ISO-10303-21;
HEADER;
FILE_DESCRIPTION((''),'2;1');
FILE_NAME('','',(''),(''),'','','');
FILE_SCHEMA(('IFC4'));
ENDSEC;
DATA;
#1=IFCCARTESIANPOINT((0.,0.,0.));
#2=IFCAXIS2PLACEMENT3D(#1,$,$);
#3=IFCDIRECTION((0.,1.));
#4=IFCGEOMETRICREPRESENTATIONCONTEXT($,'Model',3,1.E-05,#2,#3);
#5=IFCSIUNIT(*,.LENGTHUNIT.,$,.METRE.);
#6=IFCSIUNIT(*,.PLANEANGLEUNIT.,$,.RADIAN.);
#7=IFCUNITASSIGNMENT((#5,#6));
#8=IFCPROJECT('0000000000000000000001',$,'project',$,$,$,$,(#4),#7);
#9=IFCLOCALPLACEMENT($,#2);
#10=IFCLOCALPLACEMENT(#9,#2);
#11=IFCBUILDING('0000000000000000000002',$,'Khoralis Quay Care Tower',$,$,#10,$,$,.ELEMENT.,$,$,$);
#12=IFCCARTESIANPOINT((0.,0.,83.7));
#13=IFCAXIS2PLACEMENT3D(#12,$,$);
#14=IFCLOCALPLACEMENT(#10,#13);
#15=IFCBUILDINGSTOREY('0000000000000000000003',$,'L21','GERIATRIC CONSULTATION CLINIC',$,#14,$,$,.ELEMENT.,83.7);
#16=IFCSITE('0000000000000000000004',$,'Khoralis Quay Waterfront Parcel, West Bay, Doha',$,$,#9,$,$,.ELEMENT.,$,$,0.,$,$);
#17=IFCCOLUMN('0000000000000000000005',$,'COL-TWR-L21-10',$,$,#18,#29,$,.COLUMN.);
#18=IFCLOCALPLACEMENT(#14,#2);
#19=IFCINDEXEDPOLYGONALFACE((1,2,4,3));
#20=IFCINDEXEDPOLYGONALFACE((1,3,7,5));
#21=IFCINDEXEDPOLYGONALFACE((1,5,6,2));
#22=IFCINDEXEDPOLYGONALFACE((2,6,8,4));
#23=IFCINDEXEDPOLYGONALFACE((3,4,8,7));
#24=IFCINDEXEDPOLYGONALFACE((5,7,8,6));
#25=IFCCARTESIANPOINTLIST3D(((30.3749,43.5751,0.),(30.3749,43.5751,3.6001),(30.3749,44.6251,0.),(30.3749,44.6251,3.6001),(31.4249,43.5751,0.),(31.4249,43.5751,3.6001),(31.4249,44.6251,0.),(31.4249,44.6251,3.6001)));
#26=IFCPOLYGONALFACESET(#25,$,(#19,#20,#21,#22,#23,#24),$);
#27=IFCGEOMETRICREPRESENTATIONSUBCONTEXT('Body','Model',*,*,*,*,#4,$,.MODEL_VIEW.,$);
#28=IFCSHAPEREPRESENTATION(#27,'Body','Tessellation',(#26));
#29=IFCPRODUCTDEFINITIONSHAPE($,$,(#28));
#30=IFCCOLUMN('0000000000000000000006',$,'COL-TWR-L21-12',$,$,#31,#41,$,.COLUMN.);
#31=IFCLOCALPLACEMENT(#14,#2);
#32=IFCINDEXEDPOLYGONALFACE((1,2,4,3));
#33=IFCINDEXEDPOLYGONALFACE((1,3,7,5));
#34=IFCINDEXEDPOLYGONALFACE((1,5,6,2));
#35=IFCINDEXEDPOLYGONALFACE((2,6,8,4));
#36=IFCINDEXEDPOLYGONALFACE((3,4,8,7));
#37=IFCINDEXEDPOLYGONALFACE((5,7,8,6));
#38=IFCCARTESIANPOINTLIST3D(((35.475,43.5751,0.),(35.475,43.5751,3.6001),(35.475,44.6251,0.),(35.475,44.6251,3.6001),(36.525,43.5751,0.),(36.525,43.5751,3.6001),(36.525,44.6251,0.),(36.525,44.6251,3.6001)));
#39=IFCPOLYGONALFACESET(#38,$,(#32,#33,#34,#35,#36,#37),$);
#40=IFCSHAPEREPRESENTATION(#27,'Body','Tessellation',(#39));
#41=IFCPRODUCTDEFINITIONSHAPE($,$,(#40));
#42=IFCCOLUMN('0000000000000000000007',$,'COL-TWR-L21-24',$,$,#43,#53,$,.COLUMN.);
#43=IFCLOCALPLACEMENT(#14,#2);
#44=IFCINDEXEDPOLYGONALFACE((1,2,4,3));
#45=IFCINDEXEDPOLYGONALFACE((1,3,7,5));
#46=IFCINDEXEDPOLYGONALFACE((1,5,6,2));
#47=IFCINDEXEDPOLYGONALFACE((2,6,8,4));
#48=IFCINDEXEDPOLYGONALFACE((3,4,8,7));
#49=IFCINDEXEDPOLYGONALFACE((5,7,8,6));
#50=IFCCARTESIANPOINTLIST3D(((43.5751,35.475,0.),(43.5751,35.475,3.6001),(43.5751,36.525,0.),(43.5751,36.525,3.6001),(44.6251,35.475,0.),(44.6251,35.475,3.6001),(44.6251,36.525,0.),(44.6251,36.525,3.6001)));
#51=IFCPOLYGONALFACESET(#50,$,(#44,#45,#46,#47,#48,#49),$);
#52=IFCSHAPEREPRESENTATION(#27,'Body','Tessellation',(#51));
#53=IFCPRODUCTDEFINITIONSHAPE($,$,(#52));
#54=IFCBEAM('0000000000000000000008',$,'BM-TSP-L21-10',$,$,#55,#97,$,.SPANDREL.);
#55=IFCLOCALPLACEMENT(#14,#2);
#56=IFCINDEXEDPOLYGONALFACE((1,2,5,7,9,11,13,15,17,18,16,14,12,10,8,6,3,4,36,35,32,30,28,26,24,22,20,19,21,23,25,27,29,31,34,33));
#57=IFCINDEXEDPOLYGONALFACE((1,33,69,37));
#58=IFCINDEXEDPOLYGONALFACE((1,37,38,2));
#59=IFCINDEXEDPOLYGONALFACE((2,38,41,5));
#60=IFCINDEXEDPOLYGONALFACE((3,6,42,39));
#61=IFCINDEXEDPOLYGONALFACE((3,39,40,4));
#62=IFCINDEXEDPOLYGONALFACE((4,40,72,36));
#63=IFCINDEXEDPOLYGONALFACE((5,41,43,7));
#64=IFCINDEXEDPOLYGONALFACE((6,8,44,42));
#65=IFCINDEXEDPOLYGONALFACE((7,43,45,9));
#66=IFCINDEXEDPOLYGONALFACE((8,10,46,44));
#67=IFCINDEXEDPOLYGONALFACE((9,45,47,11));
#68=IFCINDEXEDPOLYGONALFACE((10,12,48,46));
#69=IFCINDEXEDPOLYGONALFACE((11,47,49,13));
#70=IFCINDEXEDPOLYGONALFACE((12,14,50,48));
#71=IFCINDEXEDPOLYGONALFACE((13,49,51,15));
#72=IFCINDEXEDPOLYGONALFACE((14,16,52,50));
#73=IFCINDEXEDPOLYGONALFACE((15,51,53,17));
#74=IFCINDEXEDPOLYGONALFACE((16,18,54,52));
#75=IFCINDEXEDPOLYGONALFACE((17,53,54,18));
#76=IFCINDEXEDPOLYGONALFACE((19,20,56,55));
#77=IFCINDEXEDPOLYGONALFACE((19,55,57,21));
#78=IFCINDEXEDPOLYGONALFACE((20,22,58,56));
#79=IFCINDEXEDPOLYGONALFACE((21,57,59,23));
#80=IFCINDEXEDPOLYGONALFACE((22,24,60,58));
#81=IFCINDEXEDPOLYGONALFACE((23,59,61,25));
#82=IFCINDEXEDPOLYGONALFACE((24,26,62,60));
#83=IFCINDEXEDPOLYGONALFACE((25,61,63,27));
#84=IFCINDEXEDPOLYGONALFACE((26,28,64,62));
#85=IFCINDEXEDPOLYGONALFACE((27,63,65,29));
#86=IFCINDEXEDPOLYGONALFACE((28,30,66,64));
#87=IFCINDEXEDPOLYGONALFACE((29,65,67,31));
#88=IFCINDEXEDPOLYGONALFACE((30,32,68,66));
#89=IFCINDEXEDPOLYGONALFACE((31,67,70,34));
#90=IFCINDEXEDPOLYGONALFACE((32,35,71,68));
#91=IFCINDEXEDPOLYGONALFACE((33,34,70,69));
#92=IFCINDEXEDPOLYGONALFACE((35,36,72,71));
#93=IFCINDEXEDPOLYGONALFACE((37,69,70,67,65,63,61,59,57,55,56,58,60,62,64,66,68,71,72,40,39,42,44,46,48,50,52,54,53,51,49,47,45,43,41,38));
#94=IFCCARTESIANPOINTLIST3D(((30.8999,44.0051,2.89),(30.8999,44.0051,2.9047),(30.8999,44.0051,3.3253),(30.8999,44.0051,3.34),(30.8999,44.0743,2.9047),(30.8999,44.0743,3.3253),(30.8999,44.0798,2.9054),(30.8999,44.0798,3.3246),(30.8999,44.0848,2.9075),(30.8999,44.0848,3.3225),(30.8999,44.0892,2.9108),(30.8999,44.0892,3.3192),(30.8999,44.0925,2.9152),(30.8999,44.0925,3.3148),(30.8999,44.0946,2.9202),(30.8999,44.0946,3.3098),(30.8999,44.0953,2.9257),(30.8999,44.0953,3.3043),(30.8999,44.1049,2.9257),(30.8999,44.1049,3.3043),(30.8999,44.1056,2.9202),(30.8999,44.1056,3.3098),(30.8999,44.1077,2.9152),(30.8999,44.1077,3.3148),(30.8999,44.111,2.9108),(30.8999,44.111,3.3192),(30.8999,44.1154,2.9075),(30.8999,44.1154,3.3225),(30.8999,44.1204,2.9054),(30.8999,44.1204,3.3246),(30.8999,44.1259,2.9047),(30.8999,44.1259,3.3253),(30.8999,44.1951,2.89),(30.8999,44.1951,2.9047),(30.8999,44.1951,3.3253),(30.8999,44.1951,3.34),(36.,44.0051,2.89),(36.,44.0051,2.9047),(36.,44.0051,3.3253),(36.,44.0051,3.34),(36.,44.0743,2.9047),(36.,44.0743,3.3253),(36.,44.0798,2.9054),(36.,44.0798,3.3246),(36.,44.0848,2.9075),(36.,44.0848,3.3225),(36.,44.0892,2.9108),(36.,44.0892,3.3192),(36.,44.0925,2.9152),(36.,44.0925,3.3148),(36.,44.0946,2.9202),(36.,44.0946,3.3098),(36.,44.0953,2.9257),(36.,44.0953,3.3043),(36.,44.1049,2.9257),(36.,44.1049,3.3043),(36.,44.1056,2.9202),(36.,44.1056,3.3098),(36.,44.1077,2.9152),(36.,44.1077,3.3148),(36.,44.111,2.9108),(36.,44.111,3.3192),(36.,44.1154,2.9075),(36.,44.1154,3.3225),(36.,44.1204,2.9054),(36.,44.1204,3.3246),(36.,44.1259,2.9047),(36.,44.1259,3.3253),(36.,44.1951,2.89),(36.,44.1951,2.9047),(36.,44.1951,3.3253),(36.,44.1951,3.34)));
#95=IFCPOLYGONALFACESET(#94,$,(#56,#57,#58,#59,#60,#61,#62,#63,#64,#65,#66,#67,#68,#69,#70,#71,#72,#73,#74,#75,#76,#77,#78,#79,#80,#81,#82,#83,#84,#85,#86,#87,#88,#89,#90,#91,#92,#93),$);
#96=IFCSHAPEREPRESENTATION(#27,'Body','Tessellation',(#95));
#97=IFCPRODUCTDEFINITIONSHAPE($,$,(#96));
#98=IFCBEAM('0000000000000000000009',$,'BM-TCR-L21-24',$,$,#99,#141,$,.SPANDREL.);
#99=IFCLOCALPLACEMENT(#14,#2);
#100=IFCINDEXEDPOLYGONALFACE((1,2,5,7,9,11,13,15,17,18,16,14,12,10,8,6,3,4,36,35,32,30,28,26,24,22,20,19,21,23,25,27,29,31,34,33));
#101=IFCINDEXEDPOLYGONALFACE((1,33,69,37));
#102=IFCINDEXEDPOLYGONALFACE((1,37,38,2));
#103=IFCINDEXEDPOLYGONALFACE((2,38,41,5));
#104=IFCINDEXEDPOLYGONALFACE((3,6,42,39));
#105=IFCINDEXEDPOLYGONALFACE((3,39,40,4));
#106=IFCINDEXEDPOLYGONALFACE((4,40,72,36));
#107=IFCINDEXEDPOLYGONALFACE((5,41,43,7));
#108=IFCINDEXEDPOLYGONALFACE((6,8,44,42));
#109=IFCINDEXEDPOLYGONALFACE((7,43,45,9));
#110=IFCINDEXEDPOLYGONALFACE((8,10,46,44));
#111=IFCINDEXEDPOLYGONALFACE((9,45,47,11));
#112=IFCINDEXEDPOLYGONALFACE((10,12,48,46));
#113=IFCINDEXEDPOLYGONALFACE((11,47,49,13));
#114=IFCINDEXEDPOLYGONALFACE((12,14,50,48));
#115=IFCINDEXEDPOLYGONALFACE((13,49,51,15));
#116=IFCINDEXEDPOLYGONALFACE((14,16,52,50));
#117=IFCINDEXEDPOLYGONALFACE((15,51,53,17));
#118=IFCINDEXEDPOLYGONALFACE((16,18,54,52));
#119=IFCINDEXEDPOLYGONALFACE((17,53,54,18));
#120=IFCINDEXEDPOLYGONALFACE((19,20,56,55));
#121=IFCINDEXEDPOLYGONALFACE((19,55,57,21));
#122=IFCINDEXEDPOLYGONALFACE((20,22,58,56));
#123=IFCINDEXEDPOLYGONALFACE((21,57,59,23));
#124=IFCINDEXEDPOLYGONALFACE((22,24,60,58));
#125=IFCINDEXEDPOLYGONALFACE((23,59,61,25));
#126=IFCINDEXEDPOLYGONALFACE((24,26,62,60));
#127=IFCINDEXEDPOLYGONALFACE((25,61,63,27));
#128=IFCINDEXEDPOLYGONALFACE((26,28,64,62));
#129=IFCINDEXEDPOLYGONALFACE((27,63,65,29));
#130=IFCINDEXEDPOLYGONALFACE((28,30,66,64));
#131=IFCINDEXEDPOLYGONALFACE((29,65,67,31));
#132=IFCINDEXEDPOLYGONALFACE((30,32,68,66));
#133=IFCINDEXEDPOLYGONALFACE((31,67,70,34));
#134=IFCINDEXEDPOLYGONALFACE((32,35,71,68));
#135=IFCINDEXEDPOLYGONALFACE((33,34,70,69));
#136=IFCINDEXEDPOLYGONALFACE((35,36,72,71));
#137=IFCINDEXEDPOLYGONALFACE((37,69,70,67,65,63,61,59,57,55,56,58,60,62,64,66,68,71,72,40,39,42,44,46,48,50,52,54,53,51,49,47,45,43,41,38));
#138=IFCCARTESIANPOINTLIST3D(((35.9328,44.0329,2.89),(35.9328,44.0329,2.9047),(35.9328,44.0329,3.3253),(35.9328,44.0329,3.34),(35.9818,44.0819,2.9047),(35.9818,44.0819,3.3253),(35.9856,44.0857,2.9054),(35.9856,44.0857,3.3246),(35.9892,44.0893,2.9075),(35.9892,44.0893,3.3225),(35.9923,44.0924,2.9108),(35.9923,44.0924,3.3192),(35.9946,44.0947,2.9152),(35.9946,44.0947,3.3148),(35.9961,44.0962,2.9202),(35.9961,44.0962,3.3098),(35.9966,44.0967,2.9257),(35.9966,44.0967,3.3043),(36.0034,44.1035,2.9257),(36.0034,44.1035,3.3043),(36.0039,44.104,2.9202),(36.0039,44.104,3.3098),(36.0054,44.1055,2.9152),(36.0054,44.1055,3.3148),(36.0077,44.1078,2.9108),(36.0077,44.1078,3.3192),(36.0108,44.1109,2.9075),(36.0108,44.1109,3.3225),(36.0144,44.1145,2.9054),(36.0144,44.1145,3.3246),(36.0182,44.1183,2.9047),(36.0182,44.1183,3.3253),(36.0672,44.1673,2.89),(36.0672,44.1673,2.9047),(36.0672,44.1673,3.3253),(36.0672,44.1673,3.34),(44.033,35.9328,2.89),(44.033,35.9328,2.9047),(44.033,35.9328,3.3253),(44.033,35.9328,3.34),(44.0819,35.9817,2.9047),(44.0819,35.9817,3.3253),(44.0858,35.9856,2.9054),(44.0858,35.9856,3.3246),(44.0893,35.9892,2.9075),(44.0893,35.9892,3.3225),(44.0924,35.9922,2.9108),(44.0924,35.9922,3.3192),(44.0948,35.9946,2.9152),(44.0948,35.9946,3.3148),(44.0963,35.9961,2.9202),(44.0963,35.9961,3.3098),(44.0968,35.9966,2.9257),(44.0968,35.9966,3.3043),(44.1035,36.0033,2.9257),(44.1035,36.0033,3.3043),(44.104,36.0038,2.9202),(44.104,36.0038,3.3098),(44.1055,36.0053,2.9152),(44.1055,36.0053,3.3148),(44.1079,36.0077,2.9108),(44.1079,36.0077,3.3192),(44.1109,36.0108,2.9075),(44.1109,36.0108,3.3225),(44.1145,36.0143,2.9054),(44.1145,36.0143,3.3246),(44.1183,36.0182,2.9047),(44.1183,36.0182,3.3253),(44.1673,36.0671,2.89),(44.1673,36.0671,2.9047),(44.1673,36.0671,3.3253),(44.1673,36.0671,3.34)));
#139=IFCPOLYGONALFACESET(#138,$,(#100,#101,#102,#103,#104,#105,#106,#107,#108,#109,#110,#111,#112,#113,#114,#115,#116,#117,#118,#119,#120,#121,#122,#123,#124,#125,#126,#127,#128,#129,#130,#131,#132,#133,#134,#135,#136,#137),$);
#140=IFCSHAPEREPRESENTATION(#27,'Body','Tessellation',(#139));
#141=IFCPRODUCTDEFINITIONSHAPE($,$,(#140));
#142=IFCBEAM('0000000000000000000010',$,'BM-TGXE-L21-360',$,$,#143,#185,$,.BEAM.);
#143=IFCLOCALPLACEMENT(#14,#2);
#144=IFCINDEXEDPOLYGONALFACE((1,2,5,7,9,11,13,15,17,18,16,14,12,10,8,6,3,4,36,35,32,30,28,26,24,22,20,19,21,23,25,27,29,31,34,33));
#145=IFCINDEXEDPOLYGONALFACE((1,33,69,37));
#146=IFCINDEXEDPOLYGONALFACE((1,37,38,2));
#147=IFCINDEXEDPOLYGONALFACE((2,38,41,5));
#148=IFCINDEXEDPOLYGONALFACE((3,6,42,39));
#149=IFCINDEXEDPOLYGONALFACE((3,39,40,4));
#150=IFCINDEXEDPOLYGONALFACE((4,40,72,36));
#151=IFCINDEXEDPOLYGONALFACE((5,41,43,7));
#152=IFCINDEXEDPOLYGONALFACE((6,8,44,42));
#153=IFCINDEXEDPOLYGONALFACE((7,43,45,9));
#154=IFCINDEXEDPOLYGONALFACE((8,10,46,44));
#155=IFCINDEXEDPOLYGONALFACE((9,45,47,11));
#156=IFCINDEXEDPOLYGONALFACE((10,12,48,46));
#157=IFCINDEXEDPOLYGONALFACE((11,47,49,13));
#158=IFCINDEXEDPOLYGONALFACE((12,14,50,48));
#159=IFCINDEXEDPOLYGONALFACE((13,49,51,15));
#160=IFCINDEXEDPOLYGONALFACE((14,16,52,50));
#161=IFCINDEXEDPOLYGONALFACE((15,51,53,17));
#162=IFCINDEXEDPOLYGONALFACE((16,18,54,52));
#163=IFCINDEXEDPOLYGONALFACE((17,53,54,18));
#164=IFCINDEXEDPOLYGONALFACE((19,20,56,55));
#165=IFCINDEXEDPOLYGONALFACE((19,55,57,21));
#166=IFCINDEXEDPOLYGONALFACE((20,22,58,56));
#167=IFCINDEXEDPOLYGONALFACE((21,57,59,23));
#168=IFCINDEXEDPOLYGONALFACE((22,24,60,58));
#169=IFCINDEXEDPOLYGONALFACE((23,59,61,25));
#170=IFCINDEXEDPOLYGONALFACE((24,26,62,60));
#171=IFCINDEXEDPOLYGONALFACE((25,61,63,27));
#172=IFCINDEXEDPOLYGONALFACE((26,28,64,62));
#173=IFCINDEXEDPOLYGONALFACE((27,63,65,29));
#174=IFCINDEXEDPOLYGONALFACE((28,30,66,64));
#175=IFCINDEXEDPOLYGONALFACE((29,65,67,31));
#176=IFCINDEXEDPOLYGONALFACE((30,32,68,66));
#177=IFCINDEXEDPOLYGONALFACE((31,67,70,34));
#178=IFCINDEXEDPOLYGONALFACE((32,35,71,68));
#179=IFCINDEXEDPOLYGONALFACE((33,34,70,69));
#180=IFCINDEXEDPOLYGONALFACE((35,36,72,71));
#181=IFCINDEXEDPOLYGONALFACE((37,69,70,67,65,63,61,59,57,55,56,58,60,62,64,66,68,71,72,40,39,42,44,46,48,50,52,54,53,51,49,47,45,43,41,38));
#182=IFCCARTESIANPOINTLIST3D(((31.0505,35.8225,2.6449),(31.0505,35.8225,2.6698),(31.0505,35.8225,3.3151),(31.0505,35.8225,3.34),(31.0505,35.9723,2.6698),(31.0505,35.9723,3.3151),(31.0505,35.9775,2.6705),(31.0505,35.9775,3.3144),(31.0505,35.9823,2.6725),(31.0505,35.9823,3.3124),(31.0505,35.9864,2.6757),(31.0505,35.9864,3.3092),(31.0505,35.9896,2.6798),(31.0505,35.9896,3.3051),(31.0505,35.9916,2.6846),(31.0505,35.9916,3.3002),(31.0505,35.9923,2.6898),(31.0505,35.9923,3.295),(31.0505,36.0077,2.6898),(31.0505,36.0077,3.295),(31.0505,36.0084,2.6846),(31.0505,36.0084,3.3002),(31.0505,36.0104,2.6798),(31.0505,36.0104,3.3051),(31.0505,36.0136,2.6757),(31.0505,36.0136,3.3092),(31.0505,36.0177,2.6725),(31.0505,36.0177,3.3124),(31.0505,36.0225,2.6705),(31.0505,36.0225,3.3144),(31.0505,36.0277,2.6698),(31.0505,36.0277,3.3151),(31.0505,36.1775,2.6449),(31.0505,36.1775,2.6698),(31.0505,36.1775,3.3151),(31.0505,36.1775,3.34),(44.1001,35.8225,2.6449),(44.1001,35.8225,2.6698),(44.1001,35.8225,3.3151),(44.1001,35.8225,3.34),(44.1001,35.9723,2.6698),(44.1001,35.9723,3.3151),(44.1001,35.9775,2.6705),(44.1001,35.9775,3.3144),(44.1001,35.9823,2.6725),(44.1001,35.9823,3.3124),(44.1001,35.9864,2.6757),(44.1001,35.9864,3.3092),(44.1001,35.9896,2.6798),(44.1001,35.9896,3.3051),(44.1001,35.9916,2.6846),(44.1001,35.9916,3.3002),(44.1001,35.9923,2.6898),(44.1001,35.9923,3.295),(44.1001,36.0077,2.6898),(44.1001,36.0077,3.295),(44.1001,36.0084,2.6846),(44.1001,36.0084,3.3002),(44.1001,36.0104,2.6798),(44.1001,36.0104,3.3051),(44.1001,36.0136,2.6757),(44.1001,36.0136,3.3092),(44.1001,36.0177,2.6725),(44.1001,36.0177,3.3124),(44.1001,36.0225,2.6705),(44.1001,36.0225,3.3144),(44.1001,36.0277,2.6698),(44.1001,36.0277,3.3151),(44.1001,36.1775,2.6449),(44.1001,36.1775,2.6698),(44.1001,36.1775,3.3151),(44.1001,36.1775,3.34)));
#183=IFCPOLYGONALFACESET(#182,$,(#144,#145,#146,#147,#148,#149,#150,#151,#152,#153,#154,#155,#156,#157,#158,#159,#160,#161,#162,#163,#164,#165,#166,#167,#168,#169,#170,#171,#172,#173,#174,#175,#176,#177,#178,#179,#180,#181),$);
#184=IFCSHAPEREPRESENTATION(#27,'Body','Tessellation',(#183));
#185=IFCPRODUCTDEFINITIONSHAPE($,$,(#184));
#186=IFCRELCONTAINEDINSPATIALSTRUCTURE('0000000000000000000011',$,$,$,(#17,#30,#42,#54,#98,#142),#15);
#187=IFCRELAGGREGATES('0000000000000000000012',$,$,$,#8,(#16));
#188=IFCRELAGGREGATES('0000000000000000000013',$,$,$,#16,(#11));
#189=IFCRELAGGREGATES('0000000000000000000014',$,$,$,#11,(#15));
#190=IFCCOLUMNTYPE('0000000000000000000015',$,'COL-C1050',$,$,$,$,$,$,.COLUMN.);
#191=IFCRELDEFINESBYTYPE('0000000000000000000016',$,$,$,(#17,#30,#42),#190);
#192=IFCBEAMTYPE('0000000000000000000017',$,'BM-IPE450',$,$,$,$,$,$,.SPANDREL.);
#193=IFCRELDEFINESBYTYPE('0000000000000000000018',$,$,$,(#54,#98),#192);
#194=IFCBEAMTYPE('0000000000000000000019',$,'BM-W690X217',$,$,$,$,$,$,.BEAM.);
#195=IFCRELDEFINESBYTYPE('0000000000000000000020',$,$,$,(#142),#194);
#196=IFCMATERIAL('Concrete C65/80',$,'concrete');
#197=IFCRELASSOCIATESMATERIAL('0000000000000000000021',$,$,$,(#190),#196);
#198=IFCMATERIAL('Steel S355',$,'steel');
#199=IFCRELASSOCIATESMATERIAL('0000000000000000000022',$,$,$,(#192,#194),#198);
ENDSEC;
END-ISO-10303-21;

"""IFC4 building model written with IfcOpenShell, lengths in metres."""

from ifc_helpers import new_model, si_unit, direction, frame, origin, origin_2d, place, context, subcontext, project, spatial, rectangle, i_section, extrude, source, transform, mapped, material, material_profile, profile_set, type_object, element, save


model = new_model("IFC4")

# Units and contexts
model_context = context("Model", 3, precision=1e-05, world=origin(), true_north=direction((0.0, 1.0)))
body_context = subcontext(model_context, "Body", "Model", "MODEL_VIEW")
ifc_project = project(units=[si_unit("LENGTHUNIT", "METRE"), si_unit("PLANEANGLEUNIT", "RADIAN")], contexts=[model_context])

# Site, building, storey
site_placement = place(None, origin())
site = spatial("IfcSite", under=ifc_project, at=site_placement, Name="Khoralis Quay Waterfront Parcel, West Bay, Doha", CompositionType="ELEMENT", RefElevation=0.0)
building_placement = place(site_placement, origin())
building = spatial("IfcBuilding", under=site, at=building_placement, Name="Khoralis Quay Care Tower", CompositionType="ELEMENT")
storey_placement = place(building_placement, frame((0.0, 0.0, 83.7)))
storey = spatial("IfcBuildingStorey", under=building, at=storey_placement, Name="L21", Description="GERIATRIC CONSULTATION CLINIC", CompositionType="ELEMENT", Elevation=83.7)

# Columns
ifc_material_1 = material(Name="Concrete C65/80", Category="concrete")
ifc_material_profile_1 = material_profile(ifc_material_1, rectangle(XDim=1.05, YDim=1.05, at=origin_2d()), Name="Concrete C65/80")
ifc_profile_set_1 = profile_set([ifc_material_profile_1], Name="Concrete C65/80")
column_type = type_object("IfcColumnType", Name="COL-C1050", PredefinedType="COLUMN", material=ifc_profile_set_1)
shared_shape_1 = source(origin(), body_context, "Body", "SweptSolid", [
    extrude(rectangle(XDim=1.05, YDim=1.05, at=origin_2d()), origin(), (0.0, 0.0, 1.0), 3.6001),
])
for number, where, z_axis, x_axis, name in (
    (1, (30.8999, 44.1001, 0.0), (0.0, 0.0, 1.0), (1.0, 0.0, 0.0), "COL-TWR-L21-10"),
    (2, (36.0, 44.1001, 0.0), (0.0, 0.0, 1.0), (1.0, 0.0, 0.0), "COL-TWR-L21-12"),
    (3, (44.1001, 36.0, 0.0), (0.0, 0.0, 1.0), (1.0, 0.0, 0.0), "COL-TWR-L21-24"),
):
    element("IfcColumn", number, at=place(storey_placement, frame(where, z_axis=z_axis, x_axis=x_axis)), inside=storey, type_object=column_type, Name=name, PredefinedType="COLUMN", context=body_context, shape_type="MappedRepresentation", body=[
        mapped(shared_shape_1, transform((0.0, 0.0, 0.0), scale=1.0)),
    ])

# Beams
ifc_material_2 = material(Name="Steel S355", Category="steel")
ifc_material_profile_2 = material_profile(ifc_material_2, i_section(OverallWidth=0.1899, OverallDepth=0.45, WebThickness=0.0095, FlangeThickness=0.0146, FilletRadius=0.021, at=origin_2d()), Name="Steel S355")
ifc_profile_set_2 = profile_set([ifc_material_profile_2], Name="Steel S355")
beam_type_1 = type_object("IfcBeamType", Name="BM-IPE450", PredefinedType="SPANDREL", material=ifc_profile_set_2)
shared_shape_2 = source(origin(), body_context, "Body", "SweptSolid", [
    extrude(i_section(OverallWidth=0.1899, OverallDepth=0.45, WebThickness=0.0095, FlangeThickness=0.0146, FilletRadius=0.021, at=origin_2d()), origin(), (0.0, 0.0, 1.0), 5.1001),
])
beam_1_placement = place(storey_placement, frame((30.8999, 44.1001, 3.115), z_axis=(1.0, 0.0, 0.0), x_axis=(0.0, 1.0, 0.0)))
element("IfcBeam", 4, at=beam_1_placement, inside=storey, type_object=beam_type_1, Name="BM-TSP-L21-10", PredefinedType="SPANDREL", context=body_context, shape_type="MappedRepresentation", body=[
    mapped(shared_shape_2, transform((0.0, 0.0, 0.0), scale=1.0)),
])
shared_shape_3 = source(origin(), body_context, "Body", "SweptSolid", [
    extrude(i_section(OverallWidth=0.1899, OverallDepth=0.45, WebThickness=0.0095, FlangeThickness=0.0146, FilletRadius=0.021, at=origin_2d()), origin(), (0.0, 0.0, 1.0), 11.4553),
])
beam_2_placement = place(storey_placement, frame((36.0, 44.1001, 3.115), z_axis=(0.707107, -0.707107, 0.0), x_axis=(0.707107, 0.707107, 0.0)))
element("IfcBeam", 5, at=beam_2_placement, inside=storey, type_object=beam_type_1, Name="BM-TCR-L21-24", PredefinedType="SPANDREL", context=body_context, shape_type="MappedRepresentation", body=[
    mapped(shared_shape_3, transform((0.0, 0.0, 0.0), scale=1.0)),
])
ifc_material_profile_3 = material_profile(ifc_material_2, i_section(OverallWidth=0.355, OverallDepth=0.6951, WebThickness=0.0154, FlangeThickness=0.0249, FilletRadius=0.02, at=origin_2d()), Name="Steel S355")
ifc_profile_set_3 = profile_set([ifc_material_profile_3], Name="Steel S355")
beam_type_2 = type_object("IfcBeamType", Name="BM-W690X217", PredefinedType="BEAM", material=ifc_profile_set_3)
shared_shape_4 = source(origin(), body_context, "Body", "SweptSolid", [
    extrude(i_section(OverallWidth=0.355, OverallDepth=0.6951, WebThickness=0.0154, FlangeThickness=0.0249, FilletRadius=0.02, at=origin_2d()), origin(), (0.0, 0.0, 1.0), 13.0496),
])
beam_3_placement = place(storey_placement, frame((31.0505, 36.0, 2.9924), z_axis=(1.0, 0.0, 0.0), x_axis=(0.0, 1.0, 0.0)))
element("IfcBeam", 6, at=beam_3_placement, inside=storey, type_object=beam_type_2, Name="BM-TGXE-L21-360", PredefinedType="BEAM", context=body_context, shape_type="MappedRepresentation", body=[
    mapped(shared_shape_4, transform((0.0, 0.0, 0.0), scale=1.0)),
])

save(model, "model.ifc")
